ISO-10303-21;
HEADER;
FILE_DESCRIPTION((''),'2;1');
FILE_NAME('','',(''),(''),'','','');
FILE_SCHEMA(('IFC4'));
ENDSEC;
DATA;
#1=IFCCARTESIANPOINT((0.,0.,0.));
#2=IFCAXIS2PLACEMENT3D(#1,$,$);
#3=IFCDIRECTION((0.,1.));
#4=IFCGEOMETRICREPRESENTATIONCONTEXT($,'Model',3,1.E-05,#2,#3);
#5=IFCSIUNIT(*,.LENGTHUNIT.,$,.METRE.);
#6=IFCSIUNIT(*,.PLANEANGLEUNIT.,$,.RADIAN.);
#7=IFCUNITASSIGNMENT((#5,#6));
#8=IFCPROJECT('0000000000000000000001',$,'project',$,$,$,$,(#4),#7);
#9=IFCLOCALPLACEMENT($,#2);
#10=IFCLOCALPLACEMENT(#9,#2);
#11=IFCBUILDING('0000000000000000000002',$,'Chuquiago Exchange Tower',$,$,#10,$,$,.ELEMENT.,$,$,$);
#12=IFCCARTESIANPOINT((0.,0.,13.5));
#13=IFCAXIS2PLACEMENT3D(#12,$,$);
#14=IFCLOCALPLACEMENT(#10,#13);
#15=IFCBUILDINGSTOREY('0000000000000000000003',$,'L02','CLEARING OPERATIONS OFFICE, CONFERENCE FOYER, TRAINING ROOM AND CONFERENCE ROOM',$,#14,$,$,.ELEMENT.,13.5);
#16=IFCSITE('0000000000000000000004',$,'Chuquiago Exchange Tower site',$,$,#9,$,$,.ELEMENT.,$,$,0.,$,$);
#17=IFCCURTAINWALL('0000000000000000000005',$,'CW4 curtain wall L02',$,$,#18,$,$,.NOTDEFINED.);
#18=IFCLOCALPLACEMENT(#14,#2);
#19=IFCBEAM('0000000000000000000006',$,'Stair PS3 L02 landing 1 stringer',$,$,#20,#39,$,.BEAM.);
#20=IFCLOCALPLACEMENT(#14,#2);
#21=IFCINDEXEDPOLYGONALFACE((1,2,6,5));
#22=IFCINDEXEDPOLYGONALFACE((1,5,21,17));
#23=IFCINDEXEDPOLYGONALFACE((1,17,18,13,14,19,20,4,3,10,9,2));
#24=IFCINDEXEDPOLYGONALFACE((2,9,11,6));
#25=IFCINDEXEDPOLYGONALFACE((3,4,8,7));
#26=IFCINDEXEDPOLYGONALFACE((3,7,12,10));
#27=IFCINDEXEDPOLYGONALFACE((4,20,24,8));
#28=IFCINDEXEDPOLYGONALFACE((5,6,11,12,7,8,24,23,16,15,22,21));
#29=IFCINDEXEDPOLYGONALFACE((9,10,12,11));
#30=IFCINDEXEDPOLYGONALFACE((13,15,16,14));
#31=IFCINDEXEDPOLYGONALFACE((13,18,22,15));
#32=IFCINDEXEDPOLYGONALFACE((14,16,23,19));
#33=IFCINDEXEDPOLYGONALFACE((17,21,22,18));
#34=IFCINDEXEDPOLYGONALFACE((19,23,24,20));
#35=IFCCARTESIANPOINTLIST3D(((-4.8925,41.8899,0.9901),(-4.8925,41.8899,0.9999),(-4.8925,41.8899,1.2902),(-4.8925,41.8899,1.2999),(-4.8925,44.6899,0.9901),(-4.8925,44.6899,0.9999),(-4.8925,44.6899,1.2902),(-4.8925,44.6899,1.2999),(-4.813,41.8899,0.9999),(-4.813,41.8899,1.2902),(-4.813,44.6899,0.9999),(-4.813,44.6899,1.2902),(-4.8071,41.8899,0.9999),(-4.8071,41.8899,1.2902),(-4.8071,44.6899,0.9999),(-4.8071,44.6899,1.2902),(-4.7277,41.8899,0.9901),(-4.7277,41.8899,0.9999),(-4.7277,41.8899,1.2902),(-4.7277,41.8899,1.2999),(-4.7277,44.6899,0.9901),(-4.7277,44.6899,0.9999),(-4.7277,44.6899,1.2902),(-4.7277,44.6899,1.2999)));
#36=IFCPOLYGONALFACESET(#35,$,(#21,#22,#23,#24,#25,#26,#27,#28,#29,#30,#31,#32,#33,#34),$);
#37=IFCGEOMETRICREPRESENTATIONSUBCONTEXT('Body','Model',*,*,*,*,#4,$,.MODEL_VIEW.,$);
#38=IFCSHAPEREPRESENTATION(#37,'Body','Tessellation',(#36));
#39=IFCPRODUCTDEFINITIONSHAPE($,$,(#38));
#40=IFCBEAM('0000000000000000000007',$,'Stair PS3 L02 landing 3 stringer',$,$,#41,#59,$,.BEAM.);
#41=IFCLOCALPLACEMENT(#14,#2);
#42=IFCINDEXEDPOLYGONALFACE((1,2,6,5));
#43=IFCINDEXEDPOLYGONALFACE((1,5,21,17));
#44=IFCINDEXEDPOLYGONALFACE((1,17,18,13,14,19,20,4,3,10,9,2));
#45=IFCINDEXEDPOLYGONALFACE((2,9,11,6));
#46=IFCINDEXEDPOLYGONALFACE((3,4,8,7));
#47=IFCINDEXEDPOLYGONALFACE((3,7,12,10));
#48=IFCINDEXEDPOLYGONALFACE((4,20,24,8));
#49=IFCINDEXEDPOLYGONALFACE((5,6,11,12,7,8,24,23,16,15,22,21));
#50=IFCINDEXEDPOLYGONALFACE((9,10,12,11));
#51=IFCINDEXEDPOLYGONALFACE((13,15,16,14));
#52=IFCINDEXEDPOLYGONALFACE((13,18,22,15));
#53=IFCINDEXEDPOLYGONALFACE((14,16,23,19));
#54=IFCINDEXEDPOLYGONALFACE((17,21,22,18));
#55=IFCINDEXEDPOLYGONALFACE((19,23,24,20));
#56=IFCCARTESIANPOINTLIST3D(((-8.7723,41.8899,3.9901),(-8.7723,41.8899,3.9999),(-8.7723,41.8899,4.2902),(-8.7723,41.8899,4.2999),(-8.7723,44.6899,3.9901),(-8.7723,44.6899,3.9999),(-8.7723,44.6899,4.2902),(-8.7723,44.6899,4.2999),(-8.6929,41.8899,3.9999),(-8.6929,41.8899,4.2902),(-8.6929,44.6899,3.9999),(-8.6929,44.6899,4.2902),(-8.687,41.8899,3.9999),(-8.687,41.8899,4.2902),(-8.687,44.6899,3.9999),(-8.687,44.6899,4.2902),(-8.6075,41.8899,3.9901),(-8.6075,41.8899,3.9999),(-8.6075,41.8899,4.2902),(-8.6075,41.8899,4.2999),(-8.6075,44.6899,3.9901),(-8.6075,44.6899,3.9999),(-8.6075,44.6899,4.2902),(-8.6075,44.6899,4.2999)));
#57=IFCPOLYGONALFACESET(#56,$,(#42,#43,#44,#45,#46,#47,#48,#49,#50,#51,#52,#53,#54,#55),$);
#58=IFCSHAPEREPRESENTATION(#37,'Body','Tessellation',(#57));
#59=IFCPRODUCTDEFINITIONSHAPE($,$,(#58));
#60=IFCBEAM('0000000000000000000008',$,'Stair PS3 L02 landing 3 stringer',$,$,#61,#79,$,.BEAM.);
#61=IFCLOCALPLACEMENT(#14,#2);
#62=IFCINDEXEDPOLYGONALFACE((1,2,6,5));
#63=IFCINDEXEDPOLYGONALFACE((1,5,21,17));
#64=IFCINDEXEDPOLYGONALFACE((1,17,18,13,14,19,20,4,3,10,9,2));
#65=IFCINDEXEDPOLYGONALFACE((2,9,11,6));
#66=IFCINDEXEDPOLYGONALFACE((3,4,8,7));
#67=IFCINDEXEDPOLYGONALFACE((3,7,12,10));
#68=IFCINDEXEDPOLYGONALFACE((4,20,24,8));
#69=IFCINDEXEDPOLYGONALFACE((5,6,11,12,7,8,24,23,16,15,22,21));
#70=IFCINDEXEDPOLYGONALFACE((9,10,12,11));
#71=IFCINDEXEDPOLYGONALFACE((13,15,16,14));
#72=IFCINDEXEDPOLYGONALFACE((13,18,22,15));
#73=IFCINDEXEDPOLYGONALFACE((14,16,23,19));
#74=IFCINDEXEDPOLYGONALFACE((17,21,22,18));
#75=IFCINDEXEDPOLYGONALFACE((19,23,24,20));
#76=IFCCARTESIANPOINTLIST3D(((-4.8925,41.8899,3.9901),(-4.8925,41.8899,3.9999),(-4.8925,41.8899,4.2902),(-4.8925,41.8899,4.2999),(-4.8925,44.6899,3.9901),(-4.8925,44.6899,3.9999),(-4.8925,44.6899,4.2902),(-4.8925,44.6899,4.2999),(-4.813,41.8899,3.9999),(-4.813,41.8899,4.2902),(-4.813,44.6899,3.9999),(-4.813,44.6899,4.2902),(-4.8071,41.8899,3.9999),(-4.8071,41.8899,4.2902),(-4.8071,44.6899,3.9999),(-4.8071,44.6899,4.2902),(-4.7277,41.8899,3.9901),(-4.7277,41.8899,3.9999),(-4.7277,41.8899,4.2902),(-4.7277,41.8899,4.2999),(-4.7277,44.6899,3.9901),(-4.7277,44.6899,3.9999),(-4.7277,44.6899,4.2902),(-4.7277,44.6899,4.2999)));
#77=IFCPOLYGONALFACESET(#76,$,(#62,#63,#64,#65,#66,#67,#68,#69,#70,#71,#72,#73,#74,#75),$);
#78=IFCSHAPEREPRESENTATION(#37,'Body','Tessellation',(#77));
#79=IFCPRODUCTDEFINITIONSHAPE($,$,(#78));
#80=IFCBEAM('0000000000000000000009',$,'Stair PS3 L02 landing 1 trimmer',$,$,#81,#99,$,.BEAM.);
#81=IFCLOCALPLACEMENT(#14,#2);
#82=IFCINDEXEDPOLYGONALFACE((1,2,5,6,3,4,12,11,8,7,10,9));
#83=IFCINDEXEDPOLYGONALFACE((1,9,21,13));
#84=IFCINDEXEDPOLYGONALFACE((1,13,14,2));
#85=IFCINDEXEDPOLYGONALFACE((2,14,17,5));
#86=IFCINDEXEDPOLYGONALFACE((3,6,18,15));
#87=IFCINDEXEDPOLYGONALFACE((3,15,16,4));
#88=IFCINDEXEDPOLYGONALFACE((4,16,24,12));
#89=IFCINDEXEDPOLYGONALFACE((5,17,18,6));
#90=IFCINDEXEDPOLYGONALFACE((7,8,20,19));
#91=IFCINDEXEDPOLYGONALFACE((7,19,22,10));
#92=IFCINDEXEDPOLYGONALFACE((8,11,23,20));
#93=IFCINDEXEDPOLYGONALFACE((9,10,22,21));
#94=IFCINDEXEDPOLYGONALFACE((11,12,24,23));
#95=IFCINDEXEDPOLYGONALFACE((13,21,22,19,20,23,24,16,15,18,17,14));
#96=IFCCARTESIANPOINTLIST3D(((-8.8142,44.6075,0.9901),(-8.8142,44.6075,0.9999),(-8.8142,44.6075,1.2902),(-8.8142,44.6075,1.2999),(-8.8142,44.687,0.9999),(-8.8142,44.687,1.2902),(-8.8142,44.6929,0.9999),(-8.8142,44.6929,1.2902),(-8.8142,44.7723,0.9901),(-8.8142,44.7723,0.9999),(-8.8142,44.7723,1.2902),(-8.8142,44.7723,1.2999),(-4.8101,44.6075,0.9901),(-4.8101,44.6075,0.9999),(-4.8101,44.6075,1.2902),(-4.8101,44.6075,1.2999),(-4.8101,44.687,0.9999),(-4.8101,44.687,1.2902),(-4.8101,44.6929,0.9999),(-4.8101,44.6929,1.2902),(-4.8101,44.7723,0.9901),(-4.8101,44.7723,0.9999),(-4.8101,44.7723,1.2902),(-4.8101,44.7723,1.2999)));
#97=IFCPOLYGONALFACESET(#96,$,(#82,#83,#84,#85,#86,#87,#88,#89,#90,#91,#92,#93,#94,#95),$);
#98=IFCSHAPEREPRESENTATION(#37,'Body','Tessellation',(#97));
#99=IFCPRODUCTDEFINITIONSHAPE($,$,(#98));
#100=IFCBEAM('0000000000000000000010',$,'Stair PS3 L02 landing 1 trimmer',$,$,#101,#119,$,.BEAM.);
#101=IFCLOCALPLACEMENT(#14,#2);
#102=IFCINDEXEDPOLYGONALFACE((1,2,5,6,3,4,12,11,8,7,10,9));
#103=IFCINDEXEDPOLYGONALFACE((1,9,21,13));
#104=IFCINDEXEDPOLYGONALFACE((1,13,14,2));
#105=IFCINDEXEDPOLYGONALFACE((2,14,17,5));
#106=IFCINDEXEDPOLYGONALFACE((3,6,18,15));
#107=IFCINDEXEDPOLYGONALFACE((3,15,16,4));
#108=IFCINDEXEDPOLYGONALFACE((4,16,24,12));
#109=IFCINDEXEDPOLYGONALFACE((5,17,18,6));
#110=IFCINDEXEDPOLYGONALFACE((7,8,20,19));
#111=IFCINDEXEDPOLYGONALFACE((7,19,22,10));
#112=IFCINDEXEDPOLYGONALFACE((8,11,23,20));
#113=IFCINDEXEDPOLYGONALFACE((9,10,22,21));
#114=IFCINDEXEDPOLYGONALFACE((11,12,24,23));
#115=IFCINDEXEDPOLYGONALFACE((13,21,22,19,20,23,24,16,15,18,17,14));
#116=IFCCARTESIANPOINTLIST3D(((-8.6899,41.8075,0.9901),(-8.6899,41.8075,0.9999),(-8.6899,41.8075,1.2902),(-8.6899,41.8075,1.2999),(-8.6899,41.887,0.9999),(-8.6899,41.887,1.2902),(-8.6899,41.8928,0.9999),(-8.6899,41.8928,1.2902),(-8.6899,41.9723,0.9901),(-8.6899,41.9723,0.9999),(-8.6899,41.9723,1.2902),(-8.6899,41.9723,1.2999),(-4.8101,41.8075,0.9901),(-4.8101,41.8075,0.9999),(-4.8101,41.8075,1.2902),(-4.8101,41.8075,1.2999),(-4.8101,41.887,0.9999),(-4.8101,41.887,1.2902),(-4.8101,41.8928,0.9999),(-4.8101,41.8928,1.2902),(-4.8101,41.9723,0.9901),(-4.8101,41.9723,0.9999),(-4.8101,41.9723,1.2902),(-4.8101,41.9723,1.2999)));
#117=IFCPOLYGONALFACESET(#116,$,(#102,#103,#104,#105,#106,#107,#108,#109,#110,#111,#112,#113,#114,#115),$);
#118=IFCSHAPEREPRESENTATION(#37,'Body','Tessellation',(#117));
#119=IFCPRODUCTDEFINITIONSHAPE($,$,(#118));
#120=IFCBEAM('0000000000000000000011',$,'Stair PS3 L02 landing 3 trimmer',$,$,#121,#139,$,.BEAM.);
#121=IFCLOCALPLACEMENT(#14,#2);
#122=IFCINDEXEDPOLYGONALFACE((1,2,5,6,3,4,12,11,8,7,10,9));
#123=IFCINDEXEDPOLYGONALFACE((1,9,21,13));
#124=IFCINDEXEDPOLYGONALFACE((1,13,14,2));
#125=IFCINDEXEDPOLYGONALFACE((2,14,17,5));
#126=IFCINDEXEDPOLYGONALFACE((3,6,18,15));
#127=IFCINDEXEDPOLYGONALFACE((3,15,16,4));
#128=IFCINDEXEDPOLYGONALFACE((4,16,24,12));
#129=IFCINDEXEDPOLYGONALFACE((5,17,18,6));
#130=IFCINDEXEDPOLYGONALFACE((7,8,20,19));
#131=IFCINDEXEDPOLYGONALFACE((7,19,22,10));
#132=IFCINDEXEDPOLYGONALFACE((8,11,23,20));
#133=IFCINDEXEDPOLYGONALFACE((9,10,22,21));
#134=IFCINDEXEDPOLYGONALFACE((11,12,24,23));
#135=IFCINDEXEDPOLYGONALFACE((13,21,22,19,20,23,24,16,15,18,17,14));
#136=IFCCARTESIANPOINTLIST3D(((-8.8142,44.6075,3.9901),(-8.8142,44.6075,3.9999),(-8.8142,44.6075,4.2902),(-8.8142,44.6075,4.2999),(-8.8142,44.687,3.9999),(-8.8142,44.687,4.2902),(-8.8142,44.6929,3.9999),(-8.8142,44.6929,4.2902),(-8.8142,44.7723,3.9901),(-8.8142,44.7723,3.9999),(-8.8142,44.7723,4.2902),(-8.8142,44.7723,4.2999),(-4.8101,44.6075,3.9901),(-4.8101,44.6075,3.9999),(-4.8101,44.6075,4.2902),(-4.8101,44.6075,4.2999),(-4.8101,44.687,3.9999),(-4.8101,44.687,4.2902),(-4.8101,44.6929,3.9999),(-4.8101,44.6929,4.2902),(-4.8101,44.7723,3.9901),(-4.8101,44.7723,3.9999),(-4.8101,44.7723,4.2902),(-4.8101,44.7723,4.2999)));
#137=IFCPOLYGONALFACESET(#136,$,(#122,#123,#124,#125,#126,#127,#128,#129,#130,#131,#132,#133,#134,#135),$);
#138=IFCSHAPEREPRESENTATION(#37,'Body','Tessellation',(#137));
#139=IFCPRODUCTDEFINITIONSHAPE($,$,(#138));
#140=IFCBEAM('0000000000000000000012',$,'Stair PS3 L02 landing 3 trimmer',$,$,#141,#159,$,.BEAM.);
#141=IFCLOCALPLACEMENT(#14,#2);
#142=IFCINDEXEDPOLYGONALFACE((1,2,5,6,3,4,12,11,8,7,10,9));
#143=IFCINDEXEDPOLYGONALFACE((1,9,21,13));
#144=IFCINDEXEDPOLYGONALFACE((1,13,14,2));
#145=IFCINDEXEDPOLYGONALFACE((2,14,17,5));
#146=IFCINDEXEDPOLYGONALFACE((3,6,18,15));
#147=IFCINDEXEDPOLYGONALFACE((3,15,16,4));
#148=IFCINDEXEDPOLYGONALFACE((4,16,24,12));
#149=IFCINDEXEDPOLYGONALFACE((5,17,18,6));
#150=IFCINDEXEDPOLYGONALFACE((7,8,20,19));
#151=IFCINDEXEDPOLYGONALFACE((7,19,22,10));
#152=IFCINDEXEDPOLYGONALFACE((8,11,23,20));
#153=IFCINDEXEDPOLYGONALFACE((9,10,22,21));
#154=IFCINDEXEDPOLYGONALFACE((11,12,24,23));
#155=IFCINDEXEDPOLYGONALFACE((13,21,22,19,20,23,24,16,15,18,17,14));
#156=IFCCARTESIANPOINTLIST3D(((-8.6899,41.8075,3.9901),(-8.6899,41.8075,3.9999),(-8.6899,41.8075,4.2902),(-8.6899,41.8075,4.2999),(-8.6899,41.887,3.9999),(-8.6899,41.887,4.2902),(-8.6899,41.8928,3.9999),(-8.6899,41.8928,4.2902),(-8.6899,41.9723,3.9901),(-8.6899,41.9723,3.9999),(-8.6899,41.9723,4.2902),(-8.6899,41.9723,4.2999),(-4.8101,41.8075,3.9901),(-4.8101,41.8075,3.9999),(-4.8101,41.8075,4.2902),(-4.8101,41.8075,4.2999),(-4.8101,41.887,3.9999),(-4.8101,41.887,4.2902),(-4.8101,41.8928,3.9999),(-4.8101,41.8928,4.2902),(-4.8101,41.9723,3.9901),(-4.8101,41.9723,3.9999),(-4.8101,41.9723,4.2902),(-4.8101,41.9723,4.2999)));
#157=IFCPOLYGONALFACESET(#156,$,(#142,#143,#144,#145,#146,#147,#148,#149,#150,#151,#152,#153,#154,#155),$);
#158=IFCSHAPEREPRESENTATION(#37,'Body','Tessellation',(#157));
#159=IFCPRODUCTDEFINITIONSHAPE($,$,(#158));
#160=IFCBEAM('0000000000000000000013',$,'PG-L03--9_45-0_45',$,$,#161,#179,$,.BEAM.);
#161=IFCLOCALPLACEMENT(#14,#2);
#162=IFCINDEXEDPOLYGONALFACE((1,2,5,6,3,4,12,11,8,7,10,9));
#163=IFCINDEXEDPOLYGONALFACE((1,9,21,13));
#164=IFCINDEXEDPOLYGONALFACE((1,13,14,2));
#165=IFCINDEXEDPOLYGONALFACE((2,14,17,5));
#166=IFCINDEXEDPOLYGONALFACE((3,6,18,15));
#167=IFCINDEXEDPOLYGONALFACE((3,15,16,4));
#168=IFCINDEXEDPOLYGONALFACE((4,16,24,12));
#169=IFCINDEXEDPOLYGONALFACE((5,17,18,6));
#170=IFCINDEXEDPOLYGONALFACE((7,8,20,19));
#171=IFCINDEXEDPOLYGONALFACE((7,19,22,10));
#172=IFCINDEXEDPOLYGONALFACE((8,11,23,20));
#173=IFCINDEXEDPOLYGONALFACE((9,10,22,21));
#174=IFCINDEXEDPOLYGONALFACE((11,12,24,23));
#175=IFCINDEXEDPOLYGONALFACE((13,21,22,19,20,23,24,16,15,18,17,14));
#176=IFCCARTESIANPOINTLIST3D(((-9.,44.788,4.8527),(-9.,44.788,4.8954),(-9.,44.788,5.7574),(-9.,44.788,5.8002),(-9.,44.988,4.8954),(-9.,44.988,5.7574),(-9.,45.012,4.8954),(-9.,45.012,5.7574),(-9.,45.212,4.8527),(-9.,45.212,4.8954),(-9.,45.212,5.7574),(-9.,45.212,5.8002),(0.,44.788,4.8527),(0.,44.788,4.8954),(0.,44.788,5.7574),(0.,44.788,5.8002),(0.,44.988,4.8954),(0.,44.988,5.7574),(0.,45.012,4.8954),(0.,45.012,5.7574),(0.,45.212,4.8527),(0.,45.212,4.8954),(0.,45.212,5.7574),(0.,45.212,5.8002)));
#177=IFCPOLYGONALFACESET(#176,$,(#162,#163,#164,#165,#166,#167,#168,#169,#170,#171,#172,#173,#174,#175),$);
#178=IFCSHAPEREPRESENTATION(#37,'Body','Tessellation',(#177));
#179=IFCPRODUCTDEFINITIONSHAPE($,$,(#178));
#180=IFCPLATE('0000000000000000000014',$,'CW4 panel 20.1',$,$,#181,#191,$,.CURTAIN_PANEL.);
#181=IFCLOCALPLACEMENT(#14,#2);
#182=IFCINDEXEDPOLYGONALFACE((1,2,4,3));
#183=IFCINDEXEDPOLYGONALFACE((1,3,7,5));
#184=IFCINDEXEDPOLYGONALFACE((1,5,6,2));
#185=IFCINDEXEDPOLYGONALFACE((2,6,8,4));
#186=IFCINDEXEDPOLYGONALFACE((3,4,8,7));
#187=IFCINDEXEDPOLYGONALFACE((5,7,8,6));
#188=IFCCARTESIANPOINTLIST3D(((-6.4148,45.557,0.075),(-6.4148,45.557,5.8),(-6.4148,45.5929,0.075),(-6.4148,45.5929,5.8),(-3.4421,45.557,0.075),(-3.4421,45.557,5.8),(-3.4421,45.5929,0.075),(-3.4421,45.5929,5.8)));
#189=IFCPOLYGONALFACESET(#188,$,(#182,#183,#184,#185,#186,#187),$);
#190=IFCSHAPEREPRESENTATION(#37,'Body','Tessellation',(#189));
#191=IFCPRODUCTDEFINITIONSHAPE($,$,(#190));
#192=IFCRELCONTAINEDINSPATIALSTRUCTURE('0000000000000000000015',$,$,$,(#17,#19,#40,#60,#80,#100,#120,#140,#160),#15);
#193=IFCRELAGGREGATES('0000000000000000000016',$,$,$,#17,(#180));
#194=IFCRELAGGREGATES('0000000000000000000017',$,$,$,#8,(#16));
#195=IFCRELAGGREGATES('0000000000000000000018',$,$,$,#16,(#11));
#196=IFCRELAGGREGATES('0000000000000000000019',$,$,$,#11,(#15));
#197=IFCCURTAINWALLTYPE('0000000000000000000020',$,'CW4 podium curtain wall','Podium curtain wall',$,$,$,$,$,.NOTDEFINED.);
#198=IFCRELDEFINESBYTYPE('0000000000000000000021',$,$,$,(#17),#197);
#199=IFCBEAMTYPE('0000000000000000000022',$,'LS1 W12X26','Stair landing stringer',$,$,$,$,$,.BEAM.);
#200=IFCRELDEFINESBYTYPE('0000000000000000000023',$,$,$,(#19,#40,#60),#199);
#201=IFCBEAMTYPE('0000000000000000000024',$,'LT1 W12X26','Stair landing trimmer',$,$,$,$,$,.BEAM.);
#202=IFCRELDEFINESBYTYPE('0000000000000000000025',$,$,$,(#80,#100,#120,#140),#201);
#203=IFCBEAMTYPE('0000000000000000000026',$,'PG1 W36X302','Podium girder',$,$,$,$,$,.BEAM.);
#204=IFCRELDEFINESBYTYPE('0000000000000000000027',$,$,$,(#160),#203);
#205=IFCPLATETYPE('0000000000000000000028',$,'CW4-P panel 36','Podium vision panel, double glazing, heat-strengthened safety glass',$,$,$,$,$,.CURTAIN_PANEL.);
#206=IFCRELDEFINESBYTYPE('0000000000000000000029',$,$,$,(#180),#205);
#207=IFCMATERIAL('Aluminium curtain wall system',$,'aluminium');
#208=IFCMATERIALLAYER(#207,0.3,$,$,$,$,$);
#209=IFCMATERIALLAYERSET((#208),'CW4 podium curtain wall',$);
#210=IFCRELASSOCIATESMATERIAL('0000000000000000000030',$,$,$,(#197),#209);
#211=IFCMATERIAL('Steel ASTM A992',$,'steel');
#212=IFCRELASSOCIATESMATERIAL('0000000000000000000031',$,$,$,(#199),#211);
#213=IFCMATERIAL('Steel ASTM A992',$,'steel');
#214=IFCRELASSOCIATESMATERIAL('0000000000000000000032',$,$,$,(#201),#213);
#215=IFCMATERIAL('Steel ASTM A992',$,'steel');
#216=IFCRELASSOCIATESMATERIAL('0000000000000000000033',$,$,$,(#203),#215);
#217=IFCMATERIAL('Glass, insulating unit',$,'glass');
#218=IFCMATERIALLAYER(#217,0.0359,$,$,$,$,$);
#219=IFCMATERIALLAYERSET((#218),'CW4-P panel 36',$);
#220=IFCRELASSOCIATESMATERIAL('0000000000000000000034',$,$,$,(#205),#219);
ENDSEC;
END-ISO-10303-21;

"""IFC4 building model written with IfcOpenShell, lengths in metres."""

from ifc_helpers import new_model, si_unit, direction, frame, origin, origin_2d, place, context, subcontext, project, spatial, rectangle, i_section, extrude, material, layer, layer_set, material_profile, profile_set, type_object, element, aggregate, save


model = new_model("IFC4")

# Units and contexts
model_context = context("Model", 3, precision=1e-05, world=origin(), true_north=direction((0.0, 1.0)))
body_context = subcontext(model_context, "Body", "Model", "MODEL_VIEW")
ifc_project = project(units=[si_unit("LENGTHUNIT", "METRE"), si_unit("PLANEANGLEUNIT", "RADIAN")], contexts=[model_context])

# Site, building, storey
site_placement = place(None, origin())
site = spatial("IfcSite", under=ifc_project, at=site_placement, Name="Chuquiago Exchange Tower site", CompositionType="ELEMENT", RefElevation=0.0)
building_placement = place(site_placement, origin())
building = spatial("IfcBuilding", under=site, at=building_placement, Name="Chuquiago Exchange Tower", CompositionType="ELEMENT")
storey_placement = place(building_placement, frame((0.0, 0.0, 13.5)))
storey = spatial("IfcBuildingStorey", under=building, at=storey_placement, Name="L02", Description="CLEARING OPERATIONS OFFICE, CONFERENCE FOYER, TRAINING ROOM AND CONFERENCE ROOM", CompositionType="ELEMENT", Elevation=13.5)

# Curtain wall
ifc_material_1 = material(Name="Aluminium curtain wall system", Category="aluminium")
ifc_layer_1 = layer(ifc_material_1, 0.3)
ifc_layer_set_1 = layer_set([ifc_layer_1], Name="CW4 podium curtain wall")
curtain_wall_type = type_object("IfcCurtainWallType", Name="CW4 podium curtain wall", Description="Podium curtain wall", PredefinedType="NOTDEFINED", material=ifc_layer_set_1)
curtain_wall_1_placement = place(storey_placement, origin())
curtain_wall_1 = element("IfcCurtainWall", 1, at=curtain_wall_1_placement, inside=storey, type_object=curtain_wall_type, Name="CW4 curtain wall L02", PredefinedType="NOTDEFINED")

# Beams
ifc_material_2 = material(Name="Steel ASTM A992", Category="steel")
ifc_material_profile_1 = material_profile(ifc_material_2, i_section(OverallWidth=0.1648, OverallDepth=0.3098, WebThickness=0.0059, FlangeThickness=0.0098, at=origin_2d()), Name="W12X26")
ifc_profile_set_1 = profile_set([ifc_material_profile_1], Name="Steel ASTM A992")
beam_type_1 = type_object("IfcBeamType", Name="LS1 W12X26", Description="Stair landing stringer", PredefinedType="BEAM", material=ifc_profile_set_1)
for number, where, z_axis, x_axis, name in (
    (2, (-4.8101, 41.8899, 1.145), (0.0, 1.0, 0.0), (-1.0, 0.0, 0.0), "Stair PS3 L02 landing 1 stringer"),
    (3, (-8.6899, 41.8899, 4.145), (0.0, 1.0, 0.0), (-1.0, 0.0, 0.0), "Stair PS3 L02 landing 3 stringer"),
    (4, (-4.8101, 41.8899, 4.145), (0.0, 1.0, 0.0), (-1.0, 0.0, 0.0), "Stair PS3 L02 landing 3 stringer"),
):
    element("IfcBeam", number, at=place(storey_placement, frame(where, z_axis=z_axis, x_axis=x_axis)), inside=storey, type_object=beam_type_1, Name=name, PredefinedType="BEAM", context=body_context, shape_type="SweptSolid", body=[
        extrude(i_section(OverallWidth=0.1648, OverallDepth=0.3098, WebThickness=0.0059, FlangeThickness=0.0098, at=origin_2d()), origin(), (0.0, 0.0, 1.0), 2.8),
    ])
ifc_material_3 = material(Name="Steel ASTM A992", Category="steel")
ifc_material_profile_2 = material_profile(ifc_material_3, i_section(OverallWidth=0.1648, OverallDepth=0.3098, WebThickness=0.0059, FlangeThickness=0.0098, at=origin_2d()), Name="W12X26")
ifc_profile_set_2 = profile_set([ifc_material_profile_2], Name="Steel ASTM A992")
beam_type_2 = type_object("IfcBeamType", Name="LT1 W12X26", Description="Stair landing trimmer", PredefinedType="BEAM", material=ifc_profile_set_2)
beam_1_placement = place(storey_placement, frame((-8.8142, 44.6899, 1.145), z_axis=(1.0, 0.0, 0.0), x_axis=(0.0, 1.0, 0.0)))
element("IfcBeam", 5, at=beam_1_placement, inside=storey, type_object=beam_type_2, Name="Stair PS3 L02 landing 1 trimmer", PredefinedType="BEAM", context=body_context, shape_type="SweptSolid", body=[
    extrude(i_section(OverallWidth=0.1648, OverallDepth=0.3098, WebThickness=0.0059, FlangeThickness=0.0098, at=origin_2d()), origin(), (0.0, 0.0, 1.0), 4.0042),
])
beam_2_placement = place(storey_placement, frame((-8.6899, 41.8899, 1.145), z_axis=(1.0, 0.0, 0.0), x_axis=(0.0, 1.0, 0.0)))
element("IfcBeam", 6, at=beam_2_placement, inside=storey, type_object=beam_type_2, Name="Stair PS3 L02 landing 1 trimmer", PredefinedType="BEAM", context=body_context, shape_type="SweptSolid", body=[
    extrude(i_section(OverallWidth=0.1648, OverallDepth=0.3098, WebThickness=0.0059, FlangeThickness=0.0098, at=origin_2d()), origin(), (0.0, 0.0, 1.0), 3.8799),
])
beam_3_placement = place(storey_placement, frame((-8.8142, 44.6899, 4.145), z_axis=(1.0, 0.0, 0.0), x_axis=(0.0, 1.0, 0.0)))
element("IfcBeam", 7, at=beam_3_placement, inside=storey, type_object=beam_type_2, Name="Stair PS3 L02 landing 3 trimmer", PredefinedType="BEAM", context=body_context, shape_type="SweptSolid", body=[
    extrude(i_section(OverallWidth=0.1648, OverallDepth=0.3098, WebThickness=0.0059, FlangeThickness=0.0098, at=origin_2d()), origin(), (0.0, 0.0, 1.0), 4.0042),
])
beam_4_placement = place(storey_placement, frame((-8.6899, 41.8899, 4.145), z_axis=(1.0, 0.0, 0.0), x_axis=(0.0, 1.0, 0.0)))
element("IfcBeam", 8, at=beam_4_placement, inside=storey, type_object=beam_type_2, Name="Stair PS3 L02 landing 3 trimmer", PredefinedType="BEAM", context=body_context, shape_type="SweptSolid", body=[
    extrude(i_section(OverallWidth=0.1648, OverallDepth=0.3098, WebThickness=0.0059, FlangeThickness=0.0098, at=origin_2d()), origin(), (0.0, 0.0, 1.0), 3.8799),
])
ifc_material_4 = material(Name="Steel ASTM A992", Category="steel")
ifc_material_profile_3 = material_profile(ifc_material_4, i_section(OverallWidth=0.4241, OverallDepth=0.9475, WebThickness=0.0239, FlangeThickness=0.0427, at=origin_2d()), Name="W36X302")
ifc_profile_set_3 = profile_set([ifc_material_profile_3], Name="Steel ASTM A992")
beam_type_3 = type_object("IfcBeamType", Name="PG1 W36X302", Description="Podium girder", PredefinedType="BEAM", material=ifc_profile_set_3)
beam_5_placement = place(storey_placement, frame((-9.0, 45.0, 5.3264), z_axis=(1.0, 0.0, 0.0), x_axis=(0.0, 1.0, 0.0)))
element("IfcBeam", 9, at=beam_5_placement, inside=storey, type_object=beam_type_3, Name="PG-L03--9_45-0_45", PredefinedType="BEAM", context=body_context, shape_type="SweptSolid", body=[
    extrude(i_section(OverallWidth=0.4241, OverallDepth=0.9475, WebThickness=0.0239, FlangeThickness=0.0427, at=origin_2d()), origin(), (0.0, 0.0, 1.0), 9.0),
])

# Plate
ifc_material_5 = material(Name="Glass, insulating unit", Category="glass")
ifc_layer_2 = layer(ifc_material_5, 0.0359)
ifc_layer_set_2 = layer_set([ifc_layer_2], Name="CW4-P panel 36")
plate_type = type_object("IfcPlateType", Name="CW4-P panel 36", Description="Podium vision panel, double glazing, heat-strengthened safety glass", PredefinedType="CURTAIN_PANEL", material=ifc_layer_set_2)
plate_1_placement = place(storey_placement, frame((-4.9285, 45.575, 0.075), z_axis=(0.0, 0.0, 1.0), x_axis=(-1.0, 0.0, 0.0)))
plate_1 = element("IfcPlate", 10, at=plate_1_placement, type_object=plate_type, Name="CW4 panel 20.1", PredefinedType="CURTAIN_PANEL", context=body_context, shape_type="SweptSolid", body=[
    extrude(rectangle(XDim=2.9727, YDim=0.0359, at=origin_2d()), origin(), (0.0, 0.0, 1.0), 5.7251),
])
aggregate(curtain_wall_1, [plate_1])

save(model, "model.ifc")
